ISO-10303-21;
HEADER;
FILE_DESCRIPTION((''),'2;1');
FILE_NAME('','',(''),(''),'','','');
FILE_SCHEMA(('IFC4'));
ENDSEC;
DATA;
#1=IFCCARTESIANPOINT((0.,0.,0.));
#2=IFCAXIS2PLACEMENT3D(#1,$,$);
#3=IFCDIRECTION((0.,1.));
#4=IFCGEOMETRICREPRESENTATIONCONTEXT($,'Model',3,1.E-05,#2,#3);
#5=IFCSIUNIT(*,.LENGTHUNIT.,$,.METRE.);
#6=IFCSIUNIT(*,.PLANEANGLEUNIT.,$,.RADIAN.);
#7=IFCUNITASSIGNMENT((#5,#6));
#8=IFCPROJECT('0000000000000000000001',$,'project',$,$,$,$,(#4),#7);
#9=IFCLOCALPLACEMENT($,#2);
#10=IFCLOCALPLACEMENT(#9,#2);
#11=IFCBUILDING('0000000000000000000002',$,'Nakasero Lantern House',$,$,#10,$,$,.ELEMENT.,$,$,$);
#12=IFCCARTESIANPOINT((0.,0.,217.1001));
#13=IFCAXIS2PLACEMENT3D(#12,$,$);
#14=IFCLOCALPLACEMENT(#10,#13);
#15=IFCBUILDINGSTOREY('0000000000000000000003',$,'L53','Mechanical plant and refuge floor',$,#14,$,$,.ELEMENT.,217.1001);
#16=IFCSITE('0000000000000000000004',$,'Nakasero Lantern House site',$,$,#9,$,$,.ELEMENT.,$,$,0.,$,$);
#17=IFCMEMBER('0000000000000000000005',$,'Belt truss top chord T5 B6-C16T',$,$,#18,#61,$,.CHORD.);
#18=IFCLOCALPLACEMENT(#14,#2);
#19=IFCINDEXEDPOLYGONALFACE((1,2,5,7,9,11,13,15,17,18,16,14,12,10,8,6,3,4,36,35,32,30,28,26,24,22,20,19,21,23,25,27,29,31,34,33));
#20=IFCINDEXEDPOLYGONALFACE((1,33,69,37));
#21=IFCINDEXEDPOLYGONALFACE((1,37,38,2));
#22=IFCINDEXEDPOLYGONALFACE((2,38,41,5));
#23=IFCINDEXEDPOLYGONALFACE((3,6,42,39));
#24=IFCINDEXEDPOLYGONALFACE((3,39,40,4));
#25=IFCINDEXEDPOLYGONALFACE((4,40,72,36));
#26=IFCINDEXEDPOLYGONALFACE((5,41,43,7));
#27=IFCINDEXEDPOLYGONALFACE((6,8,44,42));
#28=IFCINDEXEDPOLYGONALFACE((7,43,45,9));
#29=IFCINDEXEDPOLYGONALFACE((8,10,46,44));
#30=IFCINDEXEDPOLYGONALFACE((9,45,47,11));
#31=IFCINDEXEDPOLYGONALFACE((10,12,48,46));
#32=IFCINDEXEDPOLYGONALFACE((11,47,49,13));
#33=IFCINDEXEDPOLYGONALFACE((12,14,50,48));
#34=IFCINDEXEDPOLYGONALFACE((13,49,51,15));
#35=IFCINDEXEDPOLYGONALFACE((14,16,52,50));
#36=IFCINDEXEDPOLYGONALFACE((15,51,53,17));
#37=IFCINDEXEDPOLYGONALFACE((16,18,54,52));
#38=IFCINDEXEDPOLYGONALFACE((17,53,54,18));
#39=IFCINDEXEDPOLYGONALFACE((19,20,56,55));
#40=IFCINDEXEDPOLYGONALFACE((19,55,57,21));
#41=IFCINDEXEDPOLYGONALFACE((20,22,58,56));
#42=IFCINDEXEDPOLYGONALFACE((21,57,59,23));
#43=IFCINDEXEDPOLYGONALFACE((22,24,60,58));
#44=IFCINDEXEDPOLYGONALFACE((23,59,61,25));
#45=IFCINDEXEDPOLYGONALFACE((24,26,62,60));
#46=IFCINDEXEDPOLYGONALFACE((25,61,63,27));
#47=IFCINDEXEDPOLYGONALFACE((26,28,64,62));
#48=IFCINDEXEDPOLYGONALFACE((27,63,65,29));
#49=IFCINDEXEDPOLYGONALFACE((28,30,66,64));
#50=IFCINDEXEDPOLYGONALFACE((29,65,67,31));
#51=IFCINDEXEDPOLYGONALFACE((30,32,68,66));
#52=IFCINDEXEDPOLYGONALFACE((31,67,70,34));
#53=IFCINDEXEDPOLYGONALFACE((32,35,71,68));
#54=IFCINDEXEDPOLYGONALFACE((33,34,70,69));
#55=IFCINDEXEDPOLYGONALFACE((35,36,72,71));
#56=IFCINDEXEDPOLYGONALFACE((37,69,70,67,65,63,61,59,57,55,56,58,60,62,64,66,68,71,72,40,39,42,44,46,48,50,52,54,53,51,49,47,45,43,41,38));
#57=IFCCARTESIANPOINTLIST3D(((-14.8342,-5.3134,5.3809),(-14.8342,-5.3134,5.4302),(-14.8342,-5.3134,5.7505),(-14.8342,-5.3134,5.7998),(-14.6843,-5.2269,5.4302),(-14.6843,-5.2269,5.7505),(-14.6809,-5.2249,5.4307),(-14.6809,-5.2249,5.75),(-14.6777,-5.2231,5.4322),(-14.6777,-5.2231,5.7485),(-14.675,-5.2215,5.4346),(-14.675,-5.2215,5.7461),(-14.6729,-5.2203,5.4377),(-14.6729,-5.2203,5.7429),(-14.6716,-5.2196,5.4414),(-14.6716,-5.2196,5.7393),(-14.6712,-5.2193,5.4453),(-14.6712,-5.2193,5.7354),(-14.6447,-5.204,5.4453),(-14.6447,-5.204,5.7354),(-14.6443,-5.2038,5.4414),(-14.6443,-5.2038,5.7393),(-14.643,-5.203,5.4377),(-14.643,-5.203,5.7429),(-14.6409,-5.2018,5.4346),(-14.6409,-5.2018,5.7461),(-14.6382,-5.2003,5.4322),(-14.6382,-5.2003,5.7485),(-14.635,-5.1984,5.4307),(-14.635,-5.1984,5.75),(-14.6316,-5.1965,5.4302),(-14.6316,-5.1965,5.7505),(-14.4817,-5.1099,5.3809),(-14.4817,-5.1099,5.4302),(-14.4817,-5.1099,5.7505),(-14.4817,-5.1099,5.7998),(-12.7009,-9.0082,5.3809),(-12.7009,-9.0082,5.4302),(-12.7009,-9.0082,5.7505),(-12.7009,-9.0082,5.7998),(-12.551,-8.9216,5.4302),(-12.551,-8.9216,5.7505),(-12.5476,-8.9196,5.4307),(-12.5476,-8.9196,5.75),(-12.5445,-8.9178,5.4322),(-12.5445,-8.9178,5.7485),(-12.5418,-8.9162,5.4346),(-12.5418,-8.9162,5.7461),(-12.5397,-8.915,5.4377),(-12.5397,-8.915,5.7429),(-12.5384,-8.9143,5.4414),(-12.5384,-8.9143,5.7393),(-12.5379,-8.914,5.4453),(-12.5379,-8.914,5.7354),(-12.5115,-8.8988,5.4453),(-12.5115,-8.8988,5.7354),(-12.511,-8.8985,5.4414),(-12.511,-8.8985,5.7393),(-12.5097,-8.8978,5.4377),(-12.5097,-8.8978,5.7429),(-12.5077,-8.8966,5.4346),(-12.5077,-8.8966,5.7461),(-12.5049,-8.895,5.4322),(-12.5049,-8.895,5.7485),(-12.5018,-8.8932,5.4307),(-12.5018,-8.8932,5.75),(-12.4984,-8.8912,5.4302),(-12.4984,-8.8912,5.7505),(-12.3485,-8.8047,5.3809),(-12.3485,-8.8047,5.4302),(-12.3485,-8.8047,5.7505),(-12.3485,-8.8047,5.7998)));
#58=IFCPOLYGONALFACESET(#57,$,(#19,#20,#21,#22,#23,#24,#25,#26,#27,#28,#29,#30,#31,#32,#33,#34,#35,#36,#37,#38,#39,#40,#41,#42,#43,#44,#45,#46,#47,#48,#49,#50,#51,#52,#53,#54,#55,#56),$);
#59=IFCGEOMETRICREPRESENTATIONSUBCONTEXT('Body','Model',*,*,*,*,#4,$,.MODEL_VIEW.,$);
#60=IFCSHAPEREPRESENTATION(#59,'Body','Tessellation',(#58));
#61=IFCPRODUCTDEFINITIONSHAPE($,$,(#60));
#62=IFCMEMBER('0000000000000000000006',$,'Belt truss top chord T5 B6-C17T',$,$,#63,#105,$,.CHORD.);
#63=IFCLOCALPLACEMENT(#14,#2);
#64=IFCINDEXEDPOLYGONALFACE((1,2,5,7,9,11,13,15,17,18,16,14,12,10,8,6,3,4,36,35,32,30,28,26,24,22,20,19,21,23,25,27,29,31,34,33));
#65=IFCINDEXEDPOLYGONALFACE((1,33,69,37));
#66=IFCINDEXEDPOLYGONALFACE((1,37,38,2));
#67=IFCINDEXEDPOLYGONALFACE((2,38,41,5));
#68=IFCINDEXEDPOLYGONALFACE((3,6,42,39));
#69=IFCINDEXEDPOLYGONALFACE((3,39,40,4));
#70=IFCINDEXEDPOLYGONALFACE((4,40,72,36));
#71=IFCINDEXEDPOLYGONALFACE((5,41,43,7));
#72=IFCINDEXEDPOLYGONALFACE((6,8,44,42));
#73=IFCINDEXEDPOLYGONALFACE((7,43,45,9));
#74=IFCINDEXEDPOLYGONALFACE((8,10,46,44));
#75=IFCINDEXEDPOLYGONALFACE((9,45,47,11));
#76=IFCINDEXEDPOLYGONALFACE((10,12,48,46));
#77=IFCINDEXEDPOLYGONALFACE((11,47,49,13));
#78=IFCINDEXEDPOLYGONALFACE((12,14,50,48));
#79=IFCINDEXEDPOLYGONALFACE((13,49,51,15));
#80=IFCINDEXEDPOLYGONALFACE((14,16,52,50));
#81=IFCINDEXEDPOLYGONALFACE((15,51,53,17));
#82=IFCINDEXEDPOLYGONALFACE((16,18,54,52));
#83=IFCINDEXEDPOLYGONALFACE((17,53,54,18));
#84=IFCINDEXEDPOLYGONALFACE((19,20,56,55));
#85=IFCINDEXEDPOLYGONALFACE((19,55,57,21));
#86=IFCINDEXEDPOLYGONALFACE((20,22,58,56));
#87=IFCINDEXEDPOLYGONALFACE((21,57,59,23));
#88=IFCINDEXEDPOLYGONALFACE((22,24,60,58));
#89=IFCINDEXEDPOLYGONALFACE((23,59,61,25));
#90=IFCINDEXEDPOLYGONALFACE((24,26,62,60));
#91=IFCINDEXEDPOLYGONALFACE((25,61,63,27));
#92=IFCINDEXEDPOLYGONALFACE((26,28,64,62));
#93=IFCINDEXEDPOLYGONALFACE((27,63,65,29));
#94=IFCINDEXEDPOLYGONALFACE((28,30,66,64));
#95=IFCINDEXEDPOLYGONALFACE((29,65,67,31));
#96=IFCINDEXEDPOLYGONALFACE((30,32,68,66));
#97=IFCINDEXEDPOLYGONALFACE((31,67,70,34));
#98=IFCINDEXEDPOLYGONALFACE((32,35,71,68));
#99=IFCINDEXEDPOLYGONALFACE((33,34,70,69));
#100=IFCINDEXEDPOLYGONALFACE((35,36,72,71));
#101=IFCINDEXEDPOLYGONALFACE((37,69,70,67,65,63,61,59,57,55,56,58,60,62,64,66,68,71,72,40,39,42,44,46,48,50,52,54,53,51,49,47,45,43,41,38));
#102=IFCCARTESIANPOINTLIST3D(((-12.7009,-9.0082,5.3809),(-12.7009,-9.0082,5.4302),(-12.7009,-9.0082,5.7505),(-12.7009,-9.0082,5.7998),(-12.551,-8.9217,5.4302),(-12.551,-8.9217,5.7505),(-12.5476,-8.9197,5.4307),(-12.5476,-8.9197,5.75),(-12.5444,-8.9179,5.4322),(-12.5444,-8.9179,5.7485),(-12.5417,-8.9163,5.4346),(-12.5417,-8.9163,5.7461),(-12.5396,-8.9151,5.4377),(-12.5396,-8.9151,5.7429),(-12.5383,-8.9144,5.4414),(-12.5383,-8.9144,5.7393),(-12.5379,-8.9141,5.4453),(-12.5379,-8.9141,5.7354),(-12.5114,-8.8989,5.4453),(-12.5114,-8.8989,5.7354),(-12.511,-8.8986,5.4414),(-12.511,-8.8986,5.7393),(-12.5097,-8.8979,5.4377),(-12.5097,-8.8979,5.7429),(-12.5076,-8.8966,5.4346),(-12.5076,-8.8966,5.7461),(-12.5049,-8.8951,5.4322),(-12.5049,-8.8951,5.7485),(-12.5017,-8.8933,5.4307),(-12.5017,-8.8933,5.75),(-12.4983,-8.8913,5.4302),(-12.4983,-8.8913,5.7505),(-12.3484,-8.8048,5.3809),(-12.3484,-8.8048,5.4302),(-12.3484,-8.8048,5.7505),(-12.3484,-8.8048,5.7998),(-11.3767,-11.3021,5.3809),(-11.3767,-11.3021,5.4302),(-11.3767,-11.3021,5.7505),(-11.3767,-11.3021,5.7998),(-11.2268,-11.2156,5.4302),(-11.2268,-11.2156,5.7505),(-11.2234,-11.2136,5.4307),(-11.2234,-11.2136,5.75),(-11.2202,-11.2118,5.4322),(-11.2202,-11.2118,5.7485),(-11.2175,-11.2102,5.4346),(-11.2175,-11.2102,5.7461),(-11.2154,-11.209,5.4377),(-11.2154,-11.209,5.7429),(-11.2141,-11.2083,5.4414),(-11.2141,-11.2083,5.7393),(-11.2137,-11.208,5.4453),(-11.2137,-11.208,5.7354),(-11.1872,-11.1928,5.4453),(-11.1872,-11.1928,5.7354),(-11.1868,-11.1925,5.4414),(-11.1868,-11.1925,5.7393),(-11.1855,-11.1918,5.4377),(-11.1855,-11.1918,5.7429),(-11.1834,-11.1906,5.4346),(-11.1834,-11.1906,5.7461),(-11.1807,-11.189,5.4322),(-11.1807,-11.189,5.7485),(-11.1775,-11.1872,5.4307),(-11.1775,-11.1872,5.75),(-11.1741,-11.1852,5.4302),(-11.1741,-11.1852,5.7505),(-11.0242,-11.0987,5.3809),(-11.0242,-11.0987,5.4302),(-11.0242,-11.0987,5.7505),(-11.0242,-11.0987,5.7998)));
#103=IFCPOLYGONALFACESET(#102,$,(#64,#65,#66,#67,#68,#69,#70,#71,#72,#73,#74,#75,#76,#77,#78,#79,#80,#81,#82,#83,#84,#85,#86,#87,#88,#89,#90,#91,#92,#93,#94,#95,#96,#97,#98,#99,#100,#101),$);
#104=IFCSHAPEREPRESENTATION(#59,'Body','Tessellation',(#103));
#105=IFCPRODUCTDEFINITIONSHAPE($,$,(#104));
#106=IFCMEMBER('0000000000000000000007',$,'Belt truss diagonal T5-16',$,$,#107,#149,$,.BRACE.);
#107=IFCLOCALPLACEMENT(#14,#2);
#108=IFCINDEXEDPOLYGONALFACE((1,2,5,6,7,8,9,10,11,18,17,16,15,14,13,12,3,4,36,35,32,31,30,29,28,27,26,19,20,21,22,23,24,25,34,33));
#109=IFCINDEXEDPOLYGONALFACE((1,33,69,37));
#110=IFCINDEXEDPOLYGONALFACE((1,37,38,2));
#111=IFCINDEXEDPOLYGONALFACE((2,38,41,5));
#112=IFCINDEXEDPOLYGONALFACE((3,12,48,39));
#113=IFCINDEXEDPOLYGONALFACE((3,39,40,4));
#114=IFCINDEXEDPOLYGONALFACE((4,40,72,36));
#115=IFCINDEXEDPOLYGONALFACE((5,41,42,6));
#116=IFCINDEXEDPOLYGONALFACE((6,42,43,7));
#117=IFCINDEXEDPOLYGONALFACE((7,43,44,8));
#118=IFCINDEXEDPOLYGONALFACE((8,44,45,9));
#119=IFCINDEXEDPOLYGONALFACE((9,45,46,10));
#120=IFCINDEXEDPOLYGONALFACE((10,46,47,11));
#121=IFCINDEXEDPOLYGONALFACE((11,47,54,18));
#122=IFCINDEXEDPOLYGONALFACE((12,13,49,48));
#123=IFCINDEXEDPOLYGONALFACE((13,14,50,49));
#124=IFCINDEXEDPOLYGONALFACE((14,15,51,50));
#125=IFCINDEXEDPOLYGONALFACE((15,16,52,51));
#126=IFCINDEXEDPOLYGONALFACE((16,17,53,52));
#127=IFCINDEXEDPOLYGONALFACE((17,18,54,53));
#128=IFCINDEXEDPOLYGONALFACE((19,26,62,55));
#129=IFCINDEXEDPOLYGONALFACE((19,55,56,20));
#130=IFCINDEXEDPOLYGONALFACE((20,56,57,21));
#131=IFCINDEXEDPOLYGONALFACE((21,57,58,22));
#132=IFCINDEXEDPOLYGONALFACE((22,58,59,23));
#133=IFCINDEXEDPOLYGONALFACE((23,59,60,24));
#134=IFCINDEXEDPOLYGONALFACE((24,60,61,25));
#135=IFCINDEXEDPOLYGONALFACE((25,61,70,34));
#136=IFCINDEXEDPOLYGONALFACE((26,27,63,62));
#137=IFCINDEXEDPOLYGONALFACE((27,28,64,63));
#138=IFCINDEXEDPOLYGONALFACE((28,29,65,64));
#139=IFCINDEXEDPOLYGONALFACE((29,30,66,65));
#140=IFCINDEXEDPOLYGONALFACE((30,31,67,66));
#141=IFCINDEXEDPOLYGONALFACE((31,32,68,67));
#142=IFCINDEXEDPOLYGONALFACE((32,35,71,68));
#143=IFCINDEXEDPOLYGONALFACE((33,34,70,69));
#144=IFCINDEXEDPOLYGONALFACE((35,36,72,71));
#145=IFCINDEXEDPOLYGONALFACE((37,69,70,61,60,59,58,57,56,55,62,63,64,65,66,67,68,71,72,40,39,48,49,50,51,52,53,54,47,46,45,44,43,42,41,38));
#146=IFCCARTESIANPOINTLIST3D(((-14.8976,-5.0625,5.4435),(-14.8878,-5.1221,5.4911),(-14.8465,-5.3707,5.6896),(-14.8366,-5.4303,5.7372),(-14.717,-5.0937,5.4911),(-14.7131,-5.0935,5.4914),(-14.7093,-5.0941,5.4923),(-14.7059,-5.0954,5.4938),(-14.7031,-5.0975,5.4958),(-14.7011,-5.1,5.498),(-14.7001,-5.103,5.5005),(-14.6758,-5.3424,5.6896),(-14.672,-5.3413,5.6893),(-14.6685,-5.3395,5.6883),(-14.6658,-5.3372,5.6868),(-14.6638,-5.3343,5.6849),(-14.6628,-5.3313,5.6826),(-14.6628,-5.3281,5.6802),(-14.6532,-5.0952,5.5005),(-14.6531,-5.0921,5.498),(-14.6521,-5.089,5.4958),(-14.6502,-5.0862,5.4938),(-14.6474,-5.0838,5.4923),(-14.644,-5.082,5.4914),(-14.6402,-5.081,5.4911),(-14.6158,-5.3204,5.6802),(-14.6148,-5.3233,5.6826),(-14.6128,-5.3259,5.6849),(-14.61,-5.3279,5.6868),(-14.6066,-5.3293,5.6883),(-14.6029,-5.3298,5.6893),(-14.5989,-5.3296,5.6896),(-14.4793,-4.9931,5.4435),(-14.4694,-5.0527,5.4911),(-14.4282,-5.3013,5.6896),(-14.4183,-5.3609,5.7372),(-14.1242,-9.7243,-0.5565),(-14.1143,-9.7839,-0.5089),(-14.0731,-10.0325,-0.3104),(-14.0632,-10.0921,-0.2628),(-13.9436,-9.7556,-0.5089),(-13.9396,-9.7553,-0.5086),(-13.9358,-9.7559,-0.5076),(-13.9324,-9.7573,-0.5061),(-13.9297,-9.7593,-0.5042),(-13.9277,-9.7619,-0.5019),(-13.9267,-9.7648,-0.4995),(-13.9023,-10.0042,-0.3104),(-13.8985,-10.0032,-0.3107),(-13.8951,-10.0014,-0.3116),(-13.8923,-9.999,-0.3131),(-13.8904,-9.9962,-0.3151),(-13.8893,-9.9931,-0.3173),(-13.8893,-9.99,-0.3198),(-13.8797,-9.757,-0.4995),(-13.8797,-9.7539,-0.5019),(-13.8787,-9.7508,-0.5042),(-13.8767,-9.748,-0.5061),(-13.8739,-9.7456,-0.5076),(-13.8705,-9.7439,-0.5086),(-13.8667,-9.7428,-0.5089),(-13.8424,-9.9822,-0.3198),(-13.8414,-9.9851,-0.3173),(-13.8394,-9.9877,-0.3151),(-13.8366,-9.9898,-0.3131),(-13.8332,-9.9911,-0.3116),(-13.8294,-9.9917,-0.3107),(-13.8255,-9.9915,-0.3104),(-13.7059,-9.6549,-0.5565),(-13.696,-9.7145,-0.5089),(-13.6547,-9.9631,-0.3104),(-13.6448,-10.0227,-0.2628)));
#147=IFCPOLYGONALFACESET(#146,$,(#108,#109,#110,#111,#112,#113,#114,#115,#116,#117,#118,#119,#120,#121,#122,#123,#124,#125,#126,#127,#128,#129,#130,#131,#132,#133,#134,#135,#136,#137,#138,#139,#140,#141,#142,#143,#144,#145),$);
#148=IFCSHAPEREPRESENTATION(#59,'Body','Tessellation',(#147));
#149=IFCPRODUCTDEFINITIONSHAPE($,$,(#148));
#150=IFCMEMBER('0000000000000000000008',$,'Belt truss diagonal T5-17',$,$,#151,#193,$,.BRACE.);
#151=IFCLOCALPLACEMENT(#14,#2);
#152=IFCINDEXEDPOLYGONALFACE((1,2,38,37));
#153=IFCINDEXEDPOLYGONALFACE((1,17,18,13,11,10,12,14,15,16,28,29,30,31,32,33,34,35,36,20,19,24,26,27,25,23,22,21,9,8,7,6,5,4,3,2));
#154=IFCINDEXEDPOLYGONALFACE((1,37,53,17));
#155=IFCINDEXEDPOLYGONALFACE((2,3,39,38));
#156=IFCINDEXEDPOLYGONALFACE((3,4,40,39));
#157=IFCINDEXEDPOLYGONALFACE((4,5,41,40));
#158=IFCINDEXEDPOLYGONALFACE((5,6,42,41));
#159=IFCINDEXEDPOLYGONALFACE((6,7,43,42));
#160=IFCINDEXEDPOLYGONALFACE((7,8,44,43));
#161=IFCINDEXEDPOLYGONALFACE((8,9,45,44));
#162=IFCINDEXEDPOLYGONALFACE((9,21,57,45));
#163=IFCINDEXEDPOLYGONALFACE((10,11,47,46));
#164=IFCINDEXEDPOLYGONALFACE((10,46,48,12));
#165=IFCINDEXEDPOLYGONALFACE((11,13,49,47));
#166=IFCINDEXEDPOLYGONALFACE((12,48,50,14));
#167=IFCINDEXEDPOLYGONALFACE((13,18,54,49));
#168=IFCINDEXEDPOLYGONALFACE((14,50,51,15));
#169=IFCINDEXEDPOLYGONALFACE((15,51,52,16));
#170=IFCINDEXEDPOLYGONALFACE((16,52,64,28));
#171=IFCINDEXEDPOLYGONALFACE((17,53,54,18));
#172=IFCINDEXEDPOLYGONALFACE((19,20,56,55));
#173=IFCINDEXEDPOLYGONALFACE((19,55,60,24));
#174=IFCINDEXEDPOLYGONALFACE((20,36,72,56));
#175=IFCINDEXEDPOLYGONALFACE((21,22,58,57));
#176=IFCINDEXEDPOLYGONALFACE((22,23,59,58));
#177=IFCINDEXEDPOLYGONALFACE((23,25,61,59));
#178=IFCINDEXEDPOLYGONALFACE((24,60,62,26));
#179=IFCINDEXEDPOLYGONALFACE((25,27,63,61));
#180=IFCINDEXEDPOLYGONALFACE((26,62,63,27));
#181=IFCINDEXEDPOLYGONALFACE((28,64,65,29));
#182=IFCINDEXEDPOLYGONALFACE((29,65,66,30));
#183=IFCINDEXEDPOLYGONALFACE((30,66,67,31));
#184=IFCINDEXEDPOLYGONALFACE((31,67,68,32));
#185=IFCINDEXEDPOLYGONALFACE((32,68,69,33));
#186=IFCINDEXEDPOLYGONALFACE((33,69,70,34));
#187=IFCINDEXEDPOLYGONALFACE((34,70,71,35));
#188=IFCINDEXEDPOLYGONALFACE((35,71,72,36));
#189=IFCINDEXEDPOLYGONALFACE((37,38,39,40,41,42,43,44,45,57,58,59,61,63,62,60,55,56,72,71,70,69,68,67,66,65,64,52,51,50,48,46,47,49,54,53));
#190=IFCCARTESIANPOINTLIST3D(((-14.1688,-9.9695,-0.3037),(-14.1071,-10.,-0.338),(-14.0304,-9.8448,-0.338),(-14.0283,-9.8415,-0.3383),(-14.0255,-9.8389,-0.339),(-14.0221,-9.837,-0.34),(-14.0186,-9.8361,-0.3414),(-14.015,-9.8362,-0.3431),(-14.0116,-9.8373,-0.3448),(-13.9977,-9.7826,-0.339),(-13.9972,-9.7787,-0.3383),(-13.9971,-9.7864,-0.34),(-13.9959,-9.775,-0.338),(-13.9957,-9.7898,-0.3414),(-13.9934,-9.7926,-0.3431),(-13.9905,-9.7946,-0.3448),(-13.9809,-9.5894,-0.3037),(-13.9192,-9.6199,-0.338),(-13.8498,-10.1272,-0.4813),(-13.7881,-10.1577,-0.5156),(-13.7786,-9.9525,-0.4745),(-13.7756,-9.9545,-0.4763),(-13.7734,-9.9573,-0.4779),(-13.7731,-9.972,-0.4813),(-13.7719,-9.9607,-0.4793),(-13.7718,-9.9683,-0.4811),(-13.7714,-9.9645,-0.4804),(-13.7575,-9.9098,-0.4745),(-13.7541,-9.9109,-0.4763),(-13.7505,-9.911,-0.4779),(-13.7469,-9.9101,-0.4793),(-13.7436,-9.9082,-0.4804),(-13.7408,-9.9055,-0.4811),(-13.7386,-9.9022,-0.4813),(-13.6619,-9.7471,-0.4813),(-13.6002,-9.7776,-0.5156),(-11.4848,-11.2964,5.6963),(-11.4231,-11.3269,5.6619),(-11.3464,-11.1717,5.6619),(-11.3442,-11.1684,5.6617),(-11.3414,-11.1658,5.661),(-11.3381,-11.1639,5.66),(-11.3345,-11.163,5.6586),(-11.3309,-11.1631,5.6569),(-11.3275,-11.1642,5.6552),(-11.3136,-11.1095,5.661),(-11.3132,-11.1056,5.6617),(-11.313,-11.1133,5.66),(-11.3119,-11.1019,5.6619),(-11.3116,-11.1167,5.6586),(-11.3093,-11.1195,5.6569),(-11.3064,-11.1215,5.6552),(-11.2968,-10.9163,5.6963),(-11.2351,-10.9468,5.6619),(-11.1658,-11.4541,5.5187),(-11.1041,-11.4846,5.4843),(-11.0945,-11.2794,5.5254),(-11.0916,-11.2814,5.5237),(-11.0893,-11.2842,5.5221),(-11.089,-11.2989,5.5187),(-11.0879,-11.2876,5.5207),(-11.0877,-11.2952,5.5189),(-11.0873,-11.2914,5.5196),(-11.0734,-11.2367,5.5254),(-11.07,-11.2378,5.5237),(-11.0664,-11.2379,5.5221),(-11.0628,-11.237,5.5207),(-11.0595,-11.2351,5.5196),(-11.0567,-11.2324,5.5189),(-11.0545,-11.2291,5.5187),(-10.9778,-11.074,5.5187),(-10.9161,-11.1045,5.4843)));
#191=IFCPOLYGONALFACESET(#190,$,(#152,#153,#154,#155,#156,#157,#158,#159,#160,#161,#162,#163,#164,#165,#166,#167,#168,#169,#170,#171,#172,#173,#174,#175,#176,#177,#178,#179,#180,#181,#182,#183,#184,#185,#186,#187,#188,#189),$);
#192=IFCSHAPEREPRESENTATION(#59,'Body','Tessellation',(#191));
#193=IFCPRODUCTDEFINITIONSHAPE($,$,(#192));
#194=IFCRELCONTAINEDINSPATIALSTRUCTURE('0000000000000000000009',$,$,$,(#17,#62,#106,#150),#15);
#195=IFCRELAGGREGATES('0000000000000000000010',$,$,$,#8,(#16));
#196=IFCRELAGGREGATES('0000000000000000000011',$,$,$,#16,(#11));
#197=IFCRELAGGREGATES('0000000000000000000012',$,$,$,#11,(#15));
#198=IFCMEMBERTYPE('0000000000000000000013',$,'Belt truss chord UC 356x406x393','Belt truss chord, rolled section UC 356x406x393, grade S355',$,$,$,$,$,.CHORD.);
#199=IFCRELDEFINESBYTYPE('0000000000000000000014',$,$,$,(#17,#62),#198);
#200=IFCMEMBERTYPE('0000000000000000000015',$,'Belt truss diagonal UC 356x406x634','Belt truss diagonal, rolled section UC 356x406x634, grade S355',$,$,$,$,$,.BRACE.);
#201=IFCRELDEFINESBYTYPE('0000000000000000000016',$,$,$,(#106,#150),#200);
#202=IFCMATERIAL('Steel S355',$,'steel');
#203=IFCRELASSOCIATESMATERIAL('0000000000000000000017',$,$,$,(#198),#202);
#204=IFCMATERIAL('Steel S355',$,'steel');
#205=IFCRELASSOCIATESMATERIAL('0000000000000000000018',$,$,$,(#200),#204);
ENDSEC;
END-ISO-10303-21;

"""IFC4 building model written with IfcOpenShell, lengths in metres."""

from ifc_helpers import new_model, si_unit, direction, frame, origin, origin_2d, place, context, subcontext, project, spatial, i_section, extrude, material, material_profile, profile_set, type_object, element, save


model = new_model("IFC4")

# Units and contexts
model_context = context("Model", 3, precision=1e-05, world=origin(), true_north=direction((0.0, 1.0)))
body_context = subcontext(model_context, "Body", "Model", "MODEL_VIEW")
ifc_project = project(units=[si_unit("LENGTHUNIT", "METRE"), si_unit("PLANEANGLEUNIT", "RADIAN")], contexts=[model_context])

# Site, building, storey
site_placement = place(None, origin())
site = spatial("IfcSite", under=ifc_project, at=site_placement, Name="Nakasero Lantern House site", CompositionType="ELEMENT", RefElevation=0.0)
building_placement = place(site_placement, origin())
building = spatial("IfcBuilding", under=site, at=building_placement, Name="Nakasero Lantern House", CompositionType="ELEMENT")
storey_placement = place(building_placement, frame((0.0, 0.0, 217.1001)))
storey = spatial("IfcBuildingStorey", under=building, at=storey_placement, Name="L53", Description="Mechanical plant and refuge floor", CompositionType="ELEMENT", Elevation=217.1001)

# Members
ifc_material_1 = material(Name="Steel S355", Category="steel")
ifc_material_profile_1 = material_profile(ifc_material_1, i_section(OverallWidth=0.407, OverallDepth=0.4189, WebThickness=0.0305, FlangeThickness=0.0493, FilletRadius=0.0151, at=origin_2d()), Name="UC 356x406x393")
ifc_profile_set_1 = profile_set([ifc_material_profile_1], Name="Steel S355")
member_type_1 = type_object("IfcMemberType", Name="Belt truss chord UC 356x406x393", Description="Belt truss chord, rolled section UC 356x406x393, grade S355", PredefinedType="CHORD", material=ifc_profile_set_1)
member_1_placement = place(storey_placement, frame((-14.658, -5.2117, 5.5903), z_axis=(0.500016, -0.866016, 0.0), x_axis=(0.866016, 0.500016, 0.0)))
element("IfcMember", 1, at=member_1_placement, inside=storey, type_object=member_type_1, Name="Belt truss top chord T5 B6-C16T", PredefinedType="CHORD", context=body_context, shape_type="SweptSolid", body=[
    extrude(i_section(OverallWidth=0.407, OverallDepth=0.4189, WebThickness=0.0305, FlangeThickness=0.0493, FilletRadius=0.0151, at=origin_2d()), origin(), (0.0, 0.0, 1.0), 4.2664),
])
member_2_placement = place(storey_placement, frame((-12.5247, -8.9065, 5.5903), z_axis=(0.499946, -0.866057, 0.0), x_axis=(0.866057, 0.499946, 0.0)))
element("IfcMember", 2, at=member_2_placement, inside=storey, type_object=member_type_1, Name="Belt truss top chord T5 B6-C17T", PredefinedType="CHORD", context=body_context, shape_type="SweptSolid", body=[
    extrude(i_section(OverallWidth=0.407, OverallDepth=0.4189, WebThickness=0.0305, FlangeThickness=0.0493, FilletRadius=0.0151, at=origin_2d()), origin(), (0.0, 0.0, 1.0), 2.6487),
])
ifc_material_2 = material(Name="Steel S355", Category="steel")
ifc_material_profile_2 = material_profile(ifc_material_2, i_section(OverallWidth=0.4241, OverallDepth=0.4746, WebThickness=0.0476, FlangeThickness=0.0769, FilletRadius=0.0151, at=origin_2d()), Name="UC 356x406x634")
ifc_profile_set_2 = profile_set([ifc_material_profile_2], Name="Steel S355")
member_type_2 = type_object("IfcMemberType", Name="Belt truss diagonal UC 356x406x634", Description="Belt truss diagonal, rolled section UC 356x406x634, grade S355", PredefinedType="BRACE", material=ifc_profile_set_2)
member_3_placement = place(storey_placement, frame((-14.658, -5.2117, 5.5903), z_axis=(0.101269, -0.610393, -0.785599), x_axis=(0.986515, 0.16367, 0.0)))
element("IfcMember", 3, at=member_3_placement, inside=storey, type_object=member_type_2, Name="Belt truss diagonal T5-16", PredefinedType="BRACE", context=body_context, shape_type="SweptSolid", body=[
    extrude(i_section(OverallWidth=0.4241, OverallDepth=0.4746, WebThickness=0.0476, FlangeThickness=0.0769, FilletRadius=0.0151, at=origin_2d()), origin(), (0.0, 0.0, 1.0), 7.6375),
])
member_4_placement = place(storey_placement, frame((-13.8845, -9.8735, -0.4097), z_axis=(0.400275, -0.19788, 0.894776), x_axis=(0.443165, 0.89644, 0.0)))
element("IfcMember", 4, at=member_4_placement, inside=storey, type_object=member_type_2, Name="Belt truss diagonal T5-17", PredefinedType="BRACE", context=body_context, shape_type="SweptSolid", body=[
    extrude(i_section(OverallWidth=0.4241, OverallDepth=0.4746, WebThickness=0.0476, FlangeThickness=0.0769, FilletRadius=0.0151, at=origin_2d()), origin(), (0.0, 0.0, 1.0), 6.7056),
])

save(model, "model.ifc")
